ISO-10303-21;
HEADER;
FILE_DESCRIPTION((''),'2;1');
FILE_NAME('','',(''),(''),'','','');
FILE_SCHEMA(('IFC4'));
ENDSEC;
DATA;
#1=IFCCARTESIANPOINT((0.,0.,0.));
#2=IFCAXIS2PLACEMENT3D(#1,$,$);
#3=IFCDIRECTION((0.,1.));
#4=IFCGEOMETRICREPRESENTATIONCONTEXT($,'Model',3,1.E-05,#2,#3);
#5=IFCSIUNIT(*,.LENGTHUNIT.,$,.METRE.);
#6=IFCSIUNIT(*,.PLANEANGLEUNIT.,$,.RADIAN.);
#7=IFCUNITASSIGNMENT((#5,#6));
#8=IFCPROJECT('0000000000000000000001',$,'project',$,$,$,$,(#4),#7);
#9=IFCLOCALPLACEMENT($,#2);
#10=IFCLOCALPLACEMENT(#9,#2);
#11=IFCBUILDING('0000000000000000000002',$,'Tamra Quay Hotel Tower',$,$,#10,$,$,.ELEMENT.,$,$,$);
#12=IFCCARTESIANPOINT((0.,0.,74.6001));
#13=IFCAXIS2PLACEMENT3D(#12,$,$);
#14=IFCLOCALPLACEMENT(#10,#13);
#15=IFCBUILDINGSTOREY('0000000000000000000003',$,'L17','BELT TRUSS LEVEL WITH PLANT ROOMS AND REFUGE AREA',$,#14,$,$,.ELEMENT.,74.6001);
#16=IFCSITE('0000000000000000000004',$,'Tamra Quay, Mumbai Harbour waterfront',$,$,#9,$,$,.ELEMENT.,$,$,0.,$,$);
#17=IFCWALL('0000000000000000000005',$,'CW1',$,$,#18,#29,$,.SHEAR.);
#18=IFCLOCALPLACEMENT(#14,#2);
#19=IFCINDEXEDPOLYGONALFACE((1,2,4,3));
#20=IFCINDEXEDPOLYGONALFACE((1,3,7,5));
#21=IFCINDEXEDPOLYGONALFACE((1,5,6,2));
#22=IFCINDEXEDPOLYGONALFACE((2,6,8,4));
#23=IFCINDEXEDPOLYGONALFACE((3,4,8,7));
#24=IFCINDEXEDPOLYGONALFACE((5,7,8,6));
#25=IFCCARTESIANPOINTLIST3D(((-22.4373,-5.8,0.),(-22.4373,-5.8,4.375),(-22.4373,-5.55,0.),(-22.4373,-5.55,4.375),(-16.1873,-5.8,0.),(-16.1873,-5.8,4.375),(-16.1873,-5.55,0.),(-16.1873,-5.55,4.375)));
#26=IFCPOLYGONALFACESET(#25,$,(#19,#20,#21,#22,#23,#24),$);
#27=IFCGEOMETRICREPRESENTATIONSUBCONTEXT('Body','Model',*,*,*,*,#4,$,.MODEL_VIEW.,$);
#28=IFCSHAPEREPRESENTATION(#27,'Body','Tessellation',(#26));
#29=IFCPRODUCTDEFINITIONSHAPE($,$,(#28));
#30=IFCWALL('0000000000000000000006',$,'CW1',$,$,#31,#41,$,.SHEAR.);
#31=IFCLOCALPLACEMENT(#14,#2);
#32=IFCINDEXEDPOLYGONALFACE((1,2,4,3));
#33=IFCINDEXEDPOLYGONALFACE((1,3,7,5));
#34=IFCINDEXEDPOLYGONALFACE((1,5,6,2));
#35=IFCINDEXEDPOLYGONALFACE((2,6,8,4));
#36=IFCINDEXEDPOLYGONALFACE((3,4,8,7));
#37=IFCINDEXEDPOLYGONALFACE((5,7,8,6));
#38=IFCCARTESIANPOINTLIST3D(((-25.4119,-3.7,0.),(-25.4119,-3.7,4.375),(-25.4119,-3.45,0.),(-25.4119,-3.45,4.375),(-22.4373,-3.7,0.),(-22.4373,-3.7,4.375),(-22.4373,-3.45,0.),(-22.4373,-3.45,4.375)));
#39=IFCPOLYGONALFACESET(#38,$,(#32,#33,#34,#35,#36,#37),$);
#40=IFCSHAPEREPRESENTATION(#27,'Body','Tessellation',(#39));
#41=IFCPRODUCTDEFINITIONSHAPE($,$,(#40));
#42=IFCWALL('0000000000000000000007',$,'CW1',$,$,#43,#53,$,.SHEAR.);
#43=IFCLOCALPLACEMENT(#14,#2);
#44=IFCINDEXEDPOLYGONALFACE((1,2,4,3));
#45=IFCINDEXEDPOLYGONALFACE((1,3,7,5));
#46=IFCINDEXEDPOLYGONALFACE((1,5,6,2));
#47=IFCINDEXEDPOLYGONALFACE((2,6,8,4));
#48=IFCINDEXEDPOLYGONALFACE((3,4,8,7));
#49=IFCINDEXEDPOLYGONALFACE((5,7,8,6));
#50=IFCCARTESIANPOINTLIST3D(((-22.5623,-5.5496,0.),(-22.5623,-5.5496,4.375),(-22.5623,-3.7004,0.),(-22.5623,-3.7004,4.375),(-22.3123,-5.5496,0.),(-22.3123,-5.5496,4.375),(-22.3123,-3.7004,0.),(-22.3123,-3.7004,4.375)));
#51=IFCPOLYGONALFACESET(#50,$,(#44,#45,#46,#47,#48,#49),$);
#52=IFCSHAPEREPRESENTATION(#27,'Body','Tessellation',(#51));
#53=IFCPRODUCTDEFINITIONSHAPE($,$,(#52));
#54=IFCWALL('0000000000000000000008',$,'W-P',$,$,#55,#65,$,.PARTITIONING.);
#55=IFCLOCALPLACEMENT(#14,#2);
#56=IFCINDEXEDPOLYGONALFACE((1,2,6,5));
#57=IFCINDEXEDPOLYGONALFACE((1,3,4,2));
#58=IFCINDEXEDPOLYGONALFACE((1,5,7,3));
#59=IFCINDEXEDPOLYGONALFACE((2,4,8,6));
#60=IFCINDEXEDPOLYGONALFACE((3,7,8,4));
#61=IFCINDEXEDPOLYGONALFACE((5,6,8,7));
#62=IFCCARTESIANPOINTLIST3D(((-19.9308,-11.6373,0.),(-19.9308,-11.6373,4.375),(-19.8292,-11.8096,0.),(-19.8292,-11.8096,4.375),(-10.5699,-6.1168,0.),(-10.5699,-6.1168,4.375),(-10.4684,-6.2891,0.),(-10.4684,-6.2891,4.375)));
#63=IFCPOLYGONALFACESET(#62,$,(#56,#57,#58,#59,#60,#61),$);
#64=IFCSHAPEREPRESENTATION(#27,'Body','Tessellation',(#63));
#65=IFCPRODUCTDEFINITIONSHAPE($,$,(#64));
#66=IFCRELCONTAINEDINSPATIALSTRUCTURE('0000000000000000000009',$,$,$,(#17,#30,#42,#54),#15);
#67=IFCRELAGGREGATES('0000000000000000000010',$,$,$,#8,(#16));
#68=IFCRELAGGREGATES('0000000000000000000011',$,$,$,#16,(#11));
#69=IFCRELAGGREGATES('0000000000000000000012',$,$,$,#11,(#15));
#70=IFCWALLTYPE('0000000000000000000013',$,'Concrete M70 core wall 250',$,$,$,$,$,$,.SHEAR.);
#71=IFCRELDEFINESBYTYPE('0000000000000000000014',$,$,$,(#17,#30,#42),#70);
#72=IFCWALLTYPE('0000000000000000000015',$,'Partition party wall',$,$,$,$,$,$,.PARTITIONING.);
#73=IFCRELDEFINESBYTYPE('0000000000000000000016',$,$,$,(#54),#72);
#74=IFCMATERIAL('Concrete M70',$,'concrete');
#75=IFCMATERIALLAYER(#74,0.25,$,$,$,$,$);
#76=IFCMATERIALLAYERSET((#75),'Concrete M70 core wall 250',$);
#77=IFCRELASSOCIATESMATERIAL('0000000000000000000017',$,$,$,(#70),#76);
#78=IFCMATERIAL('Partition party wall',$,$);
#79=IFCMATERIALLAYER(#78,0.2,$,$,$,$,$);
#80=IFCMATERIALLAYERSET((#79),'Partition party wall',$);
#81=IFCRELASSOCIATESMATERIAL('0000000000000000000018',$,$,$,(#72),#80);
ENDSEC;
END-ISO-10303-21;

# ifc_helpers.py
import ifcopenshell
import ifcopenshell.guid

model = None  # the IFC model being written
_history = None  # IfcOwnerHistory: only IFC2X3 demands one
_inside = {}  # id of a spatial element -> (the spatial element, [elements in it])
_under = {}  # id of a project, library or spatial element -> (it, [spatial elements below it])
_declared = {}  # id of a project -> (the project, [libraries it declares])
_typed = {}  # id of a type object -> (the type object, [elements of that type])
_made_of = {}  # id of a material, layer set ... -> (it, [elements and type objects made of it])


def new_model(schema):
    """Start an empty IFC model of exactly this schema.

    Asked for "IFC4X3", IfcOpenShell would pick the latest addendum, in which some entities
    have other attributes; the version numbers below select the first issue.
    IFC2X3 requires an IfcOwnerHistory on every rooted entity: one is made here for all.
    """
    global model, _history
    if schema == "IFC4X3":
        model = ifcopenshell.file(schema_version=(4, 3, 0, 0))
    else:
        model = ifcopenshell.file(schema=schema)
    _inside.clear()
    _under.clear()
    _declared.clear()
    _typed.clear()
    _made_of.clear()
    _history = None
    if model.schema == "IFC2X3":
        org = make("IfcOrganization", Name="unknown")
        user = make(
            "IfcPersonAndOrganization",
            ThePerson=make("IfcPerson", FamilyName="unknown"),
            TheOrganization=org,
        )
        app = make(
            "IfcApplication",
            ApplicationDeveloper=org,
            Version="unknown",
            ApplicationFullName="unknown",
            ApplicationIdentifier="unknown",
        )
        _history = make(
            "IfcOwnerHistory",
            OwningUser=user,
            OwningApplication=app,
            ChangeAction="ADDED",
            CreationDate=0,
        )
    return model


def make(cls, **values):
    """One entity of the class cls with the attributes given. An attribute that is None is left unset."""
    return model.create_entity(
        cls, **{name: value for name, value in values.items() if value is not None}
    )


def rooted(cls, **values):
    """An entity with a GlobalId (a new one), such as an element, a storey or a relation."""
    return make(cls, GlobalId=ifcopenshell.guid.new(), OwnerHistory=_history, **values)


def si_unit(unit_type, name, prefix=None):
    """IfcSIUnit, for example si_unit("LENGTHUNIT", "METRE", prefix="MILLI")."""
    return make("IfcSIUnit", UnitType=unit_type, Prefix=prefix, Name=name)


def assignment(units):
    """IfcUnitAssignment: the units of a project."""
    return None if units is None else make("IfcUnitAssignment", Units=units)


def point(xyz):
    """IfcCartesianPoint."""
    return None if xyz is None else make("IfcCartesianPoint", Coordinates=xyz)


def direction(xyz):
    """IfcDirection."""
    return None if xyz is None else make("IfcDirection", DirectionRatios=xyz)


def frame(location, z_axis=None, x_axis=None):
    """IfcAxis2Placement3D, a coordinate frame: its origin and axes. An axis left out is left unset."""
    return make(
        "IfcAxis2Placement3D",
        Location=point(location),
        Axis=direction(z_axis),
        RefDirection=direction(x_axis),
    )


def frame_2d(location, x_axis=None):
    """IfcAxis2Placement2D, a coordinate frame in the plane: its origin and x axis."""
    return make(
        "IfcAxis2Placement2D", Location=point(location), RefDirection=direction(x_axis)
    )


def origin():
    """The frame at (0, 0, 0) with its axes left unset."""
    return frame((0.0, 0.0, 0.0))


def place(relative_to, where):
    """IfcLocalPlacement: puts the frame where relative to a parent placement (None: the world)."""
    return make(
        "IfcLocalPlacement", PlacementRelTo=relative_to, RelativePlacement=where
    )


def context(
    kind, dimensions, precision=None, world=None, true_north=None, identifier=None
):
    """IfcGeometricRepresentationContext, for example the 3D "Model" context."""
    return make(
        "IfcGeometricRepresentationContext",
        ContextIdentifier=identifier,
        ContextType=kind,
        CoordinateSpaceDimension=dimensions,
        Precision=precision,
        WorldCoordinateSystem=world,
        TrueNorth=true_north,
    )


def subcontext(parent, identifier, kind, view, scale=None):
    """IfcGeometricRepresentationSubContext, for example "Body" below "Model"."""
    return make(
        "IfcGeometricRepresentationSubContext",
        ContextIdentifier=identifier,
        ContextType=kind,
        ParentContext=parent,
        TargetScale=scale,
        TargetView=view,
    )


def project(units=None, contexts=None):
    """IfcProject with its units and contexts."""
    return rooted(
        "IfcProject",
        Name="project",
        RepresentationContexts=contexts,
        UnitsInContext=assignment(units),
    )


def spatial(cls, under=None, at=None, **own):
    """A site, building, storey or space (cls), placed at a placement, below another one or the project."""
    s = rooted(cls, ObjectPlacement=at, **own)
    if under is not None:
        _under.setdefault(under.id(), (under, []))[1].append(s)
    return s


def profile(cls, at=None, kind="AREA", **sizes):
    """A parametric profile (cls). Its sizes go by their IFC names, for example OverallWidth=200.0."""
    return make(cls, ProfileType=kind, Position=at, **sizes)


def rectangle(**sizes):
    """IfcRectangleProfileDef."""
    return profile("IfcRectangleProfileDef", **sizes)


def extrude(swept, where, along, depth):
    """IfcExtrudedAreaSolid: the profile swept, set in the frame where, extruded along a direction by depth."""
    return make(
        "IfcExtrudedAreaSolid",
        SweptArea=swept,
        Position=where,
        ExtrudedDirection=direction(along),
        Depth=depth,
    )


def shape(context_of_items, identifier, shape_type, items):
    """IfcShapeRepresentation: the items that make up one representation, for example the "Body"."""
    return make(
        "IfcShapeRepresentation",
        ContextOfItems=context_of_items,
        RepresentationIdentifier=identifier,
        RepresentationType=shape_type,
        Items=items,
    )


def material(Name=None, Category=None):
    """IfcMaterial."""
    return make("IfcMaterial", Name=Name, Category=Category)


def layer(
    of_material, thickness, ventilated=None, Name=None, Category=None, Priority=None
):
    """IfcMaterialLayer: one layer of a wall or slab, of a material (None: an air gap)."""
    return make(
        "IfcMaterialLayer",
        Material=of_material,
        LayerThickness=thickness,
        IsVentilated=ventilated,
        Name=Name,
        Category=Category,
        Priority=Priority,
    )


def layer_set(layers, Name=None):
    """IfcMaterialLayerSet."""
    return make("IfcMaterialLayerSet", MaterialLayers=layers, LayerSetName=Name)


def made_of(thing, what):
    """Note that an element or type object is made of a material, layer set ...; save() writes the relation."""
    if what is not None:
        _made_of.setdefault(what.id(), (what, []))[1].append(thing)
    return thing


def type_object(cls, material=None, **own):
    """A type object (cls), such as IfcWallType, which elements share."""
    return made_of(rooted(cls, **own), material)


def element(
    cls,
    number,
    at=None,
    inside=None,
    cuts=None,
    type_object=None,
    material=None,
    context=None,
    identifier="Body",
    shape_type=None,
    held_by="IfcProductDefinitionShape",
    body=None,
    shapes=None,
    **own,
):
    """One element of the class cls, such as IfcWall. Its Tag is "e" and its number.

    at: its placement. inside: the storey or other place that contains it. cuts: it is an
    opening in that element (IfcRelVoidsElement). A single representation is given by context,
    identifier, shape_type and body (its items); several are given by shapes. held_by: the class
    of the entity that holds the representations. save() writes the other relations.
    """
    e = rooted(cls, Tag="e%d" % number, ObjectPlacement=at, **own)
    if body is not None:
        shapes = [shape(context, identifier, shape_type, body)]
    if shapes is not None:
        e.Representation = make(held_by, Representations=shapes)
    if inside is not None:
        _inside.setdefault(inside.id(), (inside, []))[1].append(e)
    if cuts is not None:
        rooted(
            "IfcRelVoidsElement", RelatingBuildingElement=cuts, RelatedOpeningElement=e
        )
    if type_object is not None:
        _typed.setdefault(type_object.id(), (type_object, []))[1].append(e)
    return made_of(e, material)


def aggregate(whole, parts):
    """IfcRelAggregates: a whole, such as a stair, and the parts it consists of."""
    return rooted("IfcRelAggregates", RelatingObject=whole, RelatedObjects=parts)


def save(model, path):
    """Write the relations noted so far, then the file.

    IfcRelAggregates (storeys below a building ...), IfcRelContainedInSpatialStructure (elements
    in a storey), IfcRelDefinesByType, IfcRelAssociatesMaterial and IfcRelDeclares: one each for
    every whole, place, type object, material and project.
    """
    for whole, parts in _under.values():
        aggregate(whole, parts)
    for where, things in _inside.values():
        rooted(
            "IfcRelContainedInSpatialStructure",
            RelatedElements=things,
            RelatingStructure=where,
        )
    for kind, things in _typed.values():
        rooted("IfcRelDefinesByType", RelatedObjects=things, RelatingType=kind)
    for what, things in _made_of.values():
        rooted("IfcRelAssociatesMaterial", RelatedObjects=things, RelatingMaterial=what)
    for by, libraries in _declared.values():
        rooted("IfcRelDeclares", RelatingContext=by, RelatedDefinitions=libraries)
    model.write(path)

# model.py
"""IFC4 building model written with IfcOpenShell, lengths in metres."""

from ifc_helpers import new_model, si_unit, direction, frame, frame_2d, origin, place, context, subcontext, project, spatial, rectangle, extrude, material, layer, layer_set, type_object, element, save


model = new_model("IFC4")

# Units and contexts
model_context = context("Model", 3, precision=1e-05, world=origin(), true_north=direction((0.0, 1.0)))
body_context = subcontext(model_context, "Body", "Model", "MODEL_VIEW")
ifc_project = project(units=[si_unit("LENGTHUNIT", "METRE"), si_unit("PLANEANGLEUNIT", "RADIAN")], contexts=[model_context])

# Site, building, storey
site_placement = place(None, origin())
site = spatial("IfcSite", under=ifc_project, at=site_placement, Name="Tamra Quay, Mumbai Harbour waterfront", CompositionType="ELEMENT", RefElevation=0.0)
building_placement = place(site_placement, origin())
building = spatial("IfcBuilding", under=site, at=building_placement, Name="Tamra Quay Hotel Tower", CompositionType="ELEMENT")
storey_placement = place(building_placement, frame((0.0, 0.0, 74.6001)))
storey = spatial("IfcBuildingStorey", under=building, at=storey_placement, Name="L17", Description="BELT TRUSS LEVEL WITH PLANT ROOMS AND REFUGE AREA", CompositionType="ELEMENT", Elevation=74.6001)

# Shared definitions
ifc_material_1 = material(Name="Concrete M70", Category="concrete")

# Walls
ifc_layer_1 = layer(ifc_material_1, 0.25)
ifc_layer_set_1 = layer_set([ifc_layer_1], Name="Concrete M70 core wall 250")
wall_type_1 = type_object("IfcWallType", Name="Concrete M70 core wall 250", PredefinedType="SHEAR", material=ifc_layer_set_1)
wall_1_placement = place(storey_placement, frame((-16.1873, -5.675, 0.0), z_axis=(0.0, 0.0, 1.0), x_axis=(-1.0, 0.0, 0.0)))
element("IfcWall", 1, at=wall_1_placement, inside=storey, type_object=wall_type_1, Name="CW1", PredefinedType="SHEAR", context=body_context, shape_type="SweptSolid", body=[
    extrude(rectangle(XDim=6.25, YDim=0.25, at=frame_2d((3.125, 0.0))), origin(), (0.0, 0.0, 1.0), 4.375),
])
wall_2_placement = place(storey_placement, frame((-22.4373, -3.575, 0.0), z_axis=(0.0, 0.0, 1.0), x_axis=(-1.0, 0.0, 0.0)))
element("IfcWall", 2, at=wall_2_placement, inside=storey, type_object=wall_type_1, Name="CW1", PredefinedType="SHEAR", context=body_context, shape_type="SweptSolid", body=[
    extrude(rectangle(XDim=2.9746, YDim=0.25, at=frame_2d((1.4873, 0.0))), origin(), (0.0, 0.0, 1.0), 4.375),
])
wall_3_placement = place(storey_placement, frame((-22.4373, -5.5496, 0.0), z_axis=(0.0, 0.0, 1.0), x_axis=(0.0, 1.0, 0.0)))
element("IfcWall", 3, at=wall_3_placement, inside=storey, type_object=wall_type_1, Name="CW1", PredefinedType="SHEAR", context=body_context, shape_type="SweptSolid", body=[
    extrude(rectangle(XDim=1.8491, YDim=0.25, at=frame_2d((0.9246, 0.0))), origin(), (0.0, 0.0, 1.0), 4.375),
])
ifc_material_2 = material(Name="Partition party wall")
ifc_layer_2 = layer(ifc_material_2, 0.2)
ifc_layer_set_2 = layer_set([ifc_layer_2], Name="Partition party wall")
wall_type_2 = type_object("IfcWallType", Name="Partition party wall", PredefinedType="PARTITIONING", material=ifc_layer_set_2)
wall_4_placement = place(storey_placement, frame((-19.8799, -11.7234, 0.0), z_axis=(0.0, 0.0, 1.0), x_axis=(0.861365, 0.507986, 0.0)))
element("IfcWall", 4, at=wall_4_placement, inside=storey, type_object=wall_type_2, Name="W-P", PredefinedType="PARTITIONING", context=body_context, shape_type="SweptSolid", body=[
    extrude(rectangle(XDim=10.8674, YDim=0.2, at=frame_2d((5.4336, 0.0))), origin(), (0.0, 0.0, 1.0), 4.375),
])

save(model, "model.ifc")
